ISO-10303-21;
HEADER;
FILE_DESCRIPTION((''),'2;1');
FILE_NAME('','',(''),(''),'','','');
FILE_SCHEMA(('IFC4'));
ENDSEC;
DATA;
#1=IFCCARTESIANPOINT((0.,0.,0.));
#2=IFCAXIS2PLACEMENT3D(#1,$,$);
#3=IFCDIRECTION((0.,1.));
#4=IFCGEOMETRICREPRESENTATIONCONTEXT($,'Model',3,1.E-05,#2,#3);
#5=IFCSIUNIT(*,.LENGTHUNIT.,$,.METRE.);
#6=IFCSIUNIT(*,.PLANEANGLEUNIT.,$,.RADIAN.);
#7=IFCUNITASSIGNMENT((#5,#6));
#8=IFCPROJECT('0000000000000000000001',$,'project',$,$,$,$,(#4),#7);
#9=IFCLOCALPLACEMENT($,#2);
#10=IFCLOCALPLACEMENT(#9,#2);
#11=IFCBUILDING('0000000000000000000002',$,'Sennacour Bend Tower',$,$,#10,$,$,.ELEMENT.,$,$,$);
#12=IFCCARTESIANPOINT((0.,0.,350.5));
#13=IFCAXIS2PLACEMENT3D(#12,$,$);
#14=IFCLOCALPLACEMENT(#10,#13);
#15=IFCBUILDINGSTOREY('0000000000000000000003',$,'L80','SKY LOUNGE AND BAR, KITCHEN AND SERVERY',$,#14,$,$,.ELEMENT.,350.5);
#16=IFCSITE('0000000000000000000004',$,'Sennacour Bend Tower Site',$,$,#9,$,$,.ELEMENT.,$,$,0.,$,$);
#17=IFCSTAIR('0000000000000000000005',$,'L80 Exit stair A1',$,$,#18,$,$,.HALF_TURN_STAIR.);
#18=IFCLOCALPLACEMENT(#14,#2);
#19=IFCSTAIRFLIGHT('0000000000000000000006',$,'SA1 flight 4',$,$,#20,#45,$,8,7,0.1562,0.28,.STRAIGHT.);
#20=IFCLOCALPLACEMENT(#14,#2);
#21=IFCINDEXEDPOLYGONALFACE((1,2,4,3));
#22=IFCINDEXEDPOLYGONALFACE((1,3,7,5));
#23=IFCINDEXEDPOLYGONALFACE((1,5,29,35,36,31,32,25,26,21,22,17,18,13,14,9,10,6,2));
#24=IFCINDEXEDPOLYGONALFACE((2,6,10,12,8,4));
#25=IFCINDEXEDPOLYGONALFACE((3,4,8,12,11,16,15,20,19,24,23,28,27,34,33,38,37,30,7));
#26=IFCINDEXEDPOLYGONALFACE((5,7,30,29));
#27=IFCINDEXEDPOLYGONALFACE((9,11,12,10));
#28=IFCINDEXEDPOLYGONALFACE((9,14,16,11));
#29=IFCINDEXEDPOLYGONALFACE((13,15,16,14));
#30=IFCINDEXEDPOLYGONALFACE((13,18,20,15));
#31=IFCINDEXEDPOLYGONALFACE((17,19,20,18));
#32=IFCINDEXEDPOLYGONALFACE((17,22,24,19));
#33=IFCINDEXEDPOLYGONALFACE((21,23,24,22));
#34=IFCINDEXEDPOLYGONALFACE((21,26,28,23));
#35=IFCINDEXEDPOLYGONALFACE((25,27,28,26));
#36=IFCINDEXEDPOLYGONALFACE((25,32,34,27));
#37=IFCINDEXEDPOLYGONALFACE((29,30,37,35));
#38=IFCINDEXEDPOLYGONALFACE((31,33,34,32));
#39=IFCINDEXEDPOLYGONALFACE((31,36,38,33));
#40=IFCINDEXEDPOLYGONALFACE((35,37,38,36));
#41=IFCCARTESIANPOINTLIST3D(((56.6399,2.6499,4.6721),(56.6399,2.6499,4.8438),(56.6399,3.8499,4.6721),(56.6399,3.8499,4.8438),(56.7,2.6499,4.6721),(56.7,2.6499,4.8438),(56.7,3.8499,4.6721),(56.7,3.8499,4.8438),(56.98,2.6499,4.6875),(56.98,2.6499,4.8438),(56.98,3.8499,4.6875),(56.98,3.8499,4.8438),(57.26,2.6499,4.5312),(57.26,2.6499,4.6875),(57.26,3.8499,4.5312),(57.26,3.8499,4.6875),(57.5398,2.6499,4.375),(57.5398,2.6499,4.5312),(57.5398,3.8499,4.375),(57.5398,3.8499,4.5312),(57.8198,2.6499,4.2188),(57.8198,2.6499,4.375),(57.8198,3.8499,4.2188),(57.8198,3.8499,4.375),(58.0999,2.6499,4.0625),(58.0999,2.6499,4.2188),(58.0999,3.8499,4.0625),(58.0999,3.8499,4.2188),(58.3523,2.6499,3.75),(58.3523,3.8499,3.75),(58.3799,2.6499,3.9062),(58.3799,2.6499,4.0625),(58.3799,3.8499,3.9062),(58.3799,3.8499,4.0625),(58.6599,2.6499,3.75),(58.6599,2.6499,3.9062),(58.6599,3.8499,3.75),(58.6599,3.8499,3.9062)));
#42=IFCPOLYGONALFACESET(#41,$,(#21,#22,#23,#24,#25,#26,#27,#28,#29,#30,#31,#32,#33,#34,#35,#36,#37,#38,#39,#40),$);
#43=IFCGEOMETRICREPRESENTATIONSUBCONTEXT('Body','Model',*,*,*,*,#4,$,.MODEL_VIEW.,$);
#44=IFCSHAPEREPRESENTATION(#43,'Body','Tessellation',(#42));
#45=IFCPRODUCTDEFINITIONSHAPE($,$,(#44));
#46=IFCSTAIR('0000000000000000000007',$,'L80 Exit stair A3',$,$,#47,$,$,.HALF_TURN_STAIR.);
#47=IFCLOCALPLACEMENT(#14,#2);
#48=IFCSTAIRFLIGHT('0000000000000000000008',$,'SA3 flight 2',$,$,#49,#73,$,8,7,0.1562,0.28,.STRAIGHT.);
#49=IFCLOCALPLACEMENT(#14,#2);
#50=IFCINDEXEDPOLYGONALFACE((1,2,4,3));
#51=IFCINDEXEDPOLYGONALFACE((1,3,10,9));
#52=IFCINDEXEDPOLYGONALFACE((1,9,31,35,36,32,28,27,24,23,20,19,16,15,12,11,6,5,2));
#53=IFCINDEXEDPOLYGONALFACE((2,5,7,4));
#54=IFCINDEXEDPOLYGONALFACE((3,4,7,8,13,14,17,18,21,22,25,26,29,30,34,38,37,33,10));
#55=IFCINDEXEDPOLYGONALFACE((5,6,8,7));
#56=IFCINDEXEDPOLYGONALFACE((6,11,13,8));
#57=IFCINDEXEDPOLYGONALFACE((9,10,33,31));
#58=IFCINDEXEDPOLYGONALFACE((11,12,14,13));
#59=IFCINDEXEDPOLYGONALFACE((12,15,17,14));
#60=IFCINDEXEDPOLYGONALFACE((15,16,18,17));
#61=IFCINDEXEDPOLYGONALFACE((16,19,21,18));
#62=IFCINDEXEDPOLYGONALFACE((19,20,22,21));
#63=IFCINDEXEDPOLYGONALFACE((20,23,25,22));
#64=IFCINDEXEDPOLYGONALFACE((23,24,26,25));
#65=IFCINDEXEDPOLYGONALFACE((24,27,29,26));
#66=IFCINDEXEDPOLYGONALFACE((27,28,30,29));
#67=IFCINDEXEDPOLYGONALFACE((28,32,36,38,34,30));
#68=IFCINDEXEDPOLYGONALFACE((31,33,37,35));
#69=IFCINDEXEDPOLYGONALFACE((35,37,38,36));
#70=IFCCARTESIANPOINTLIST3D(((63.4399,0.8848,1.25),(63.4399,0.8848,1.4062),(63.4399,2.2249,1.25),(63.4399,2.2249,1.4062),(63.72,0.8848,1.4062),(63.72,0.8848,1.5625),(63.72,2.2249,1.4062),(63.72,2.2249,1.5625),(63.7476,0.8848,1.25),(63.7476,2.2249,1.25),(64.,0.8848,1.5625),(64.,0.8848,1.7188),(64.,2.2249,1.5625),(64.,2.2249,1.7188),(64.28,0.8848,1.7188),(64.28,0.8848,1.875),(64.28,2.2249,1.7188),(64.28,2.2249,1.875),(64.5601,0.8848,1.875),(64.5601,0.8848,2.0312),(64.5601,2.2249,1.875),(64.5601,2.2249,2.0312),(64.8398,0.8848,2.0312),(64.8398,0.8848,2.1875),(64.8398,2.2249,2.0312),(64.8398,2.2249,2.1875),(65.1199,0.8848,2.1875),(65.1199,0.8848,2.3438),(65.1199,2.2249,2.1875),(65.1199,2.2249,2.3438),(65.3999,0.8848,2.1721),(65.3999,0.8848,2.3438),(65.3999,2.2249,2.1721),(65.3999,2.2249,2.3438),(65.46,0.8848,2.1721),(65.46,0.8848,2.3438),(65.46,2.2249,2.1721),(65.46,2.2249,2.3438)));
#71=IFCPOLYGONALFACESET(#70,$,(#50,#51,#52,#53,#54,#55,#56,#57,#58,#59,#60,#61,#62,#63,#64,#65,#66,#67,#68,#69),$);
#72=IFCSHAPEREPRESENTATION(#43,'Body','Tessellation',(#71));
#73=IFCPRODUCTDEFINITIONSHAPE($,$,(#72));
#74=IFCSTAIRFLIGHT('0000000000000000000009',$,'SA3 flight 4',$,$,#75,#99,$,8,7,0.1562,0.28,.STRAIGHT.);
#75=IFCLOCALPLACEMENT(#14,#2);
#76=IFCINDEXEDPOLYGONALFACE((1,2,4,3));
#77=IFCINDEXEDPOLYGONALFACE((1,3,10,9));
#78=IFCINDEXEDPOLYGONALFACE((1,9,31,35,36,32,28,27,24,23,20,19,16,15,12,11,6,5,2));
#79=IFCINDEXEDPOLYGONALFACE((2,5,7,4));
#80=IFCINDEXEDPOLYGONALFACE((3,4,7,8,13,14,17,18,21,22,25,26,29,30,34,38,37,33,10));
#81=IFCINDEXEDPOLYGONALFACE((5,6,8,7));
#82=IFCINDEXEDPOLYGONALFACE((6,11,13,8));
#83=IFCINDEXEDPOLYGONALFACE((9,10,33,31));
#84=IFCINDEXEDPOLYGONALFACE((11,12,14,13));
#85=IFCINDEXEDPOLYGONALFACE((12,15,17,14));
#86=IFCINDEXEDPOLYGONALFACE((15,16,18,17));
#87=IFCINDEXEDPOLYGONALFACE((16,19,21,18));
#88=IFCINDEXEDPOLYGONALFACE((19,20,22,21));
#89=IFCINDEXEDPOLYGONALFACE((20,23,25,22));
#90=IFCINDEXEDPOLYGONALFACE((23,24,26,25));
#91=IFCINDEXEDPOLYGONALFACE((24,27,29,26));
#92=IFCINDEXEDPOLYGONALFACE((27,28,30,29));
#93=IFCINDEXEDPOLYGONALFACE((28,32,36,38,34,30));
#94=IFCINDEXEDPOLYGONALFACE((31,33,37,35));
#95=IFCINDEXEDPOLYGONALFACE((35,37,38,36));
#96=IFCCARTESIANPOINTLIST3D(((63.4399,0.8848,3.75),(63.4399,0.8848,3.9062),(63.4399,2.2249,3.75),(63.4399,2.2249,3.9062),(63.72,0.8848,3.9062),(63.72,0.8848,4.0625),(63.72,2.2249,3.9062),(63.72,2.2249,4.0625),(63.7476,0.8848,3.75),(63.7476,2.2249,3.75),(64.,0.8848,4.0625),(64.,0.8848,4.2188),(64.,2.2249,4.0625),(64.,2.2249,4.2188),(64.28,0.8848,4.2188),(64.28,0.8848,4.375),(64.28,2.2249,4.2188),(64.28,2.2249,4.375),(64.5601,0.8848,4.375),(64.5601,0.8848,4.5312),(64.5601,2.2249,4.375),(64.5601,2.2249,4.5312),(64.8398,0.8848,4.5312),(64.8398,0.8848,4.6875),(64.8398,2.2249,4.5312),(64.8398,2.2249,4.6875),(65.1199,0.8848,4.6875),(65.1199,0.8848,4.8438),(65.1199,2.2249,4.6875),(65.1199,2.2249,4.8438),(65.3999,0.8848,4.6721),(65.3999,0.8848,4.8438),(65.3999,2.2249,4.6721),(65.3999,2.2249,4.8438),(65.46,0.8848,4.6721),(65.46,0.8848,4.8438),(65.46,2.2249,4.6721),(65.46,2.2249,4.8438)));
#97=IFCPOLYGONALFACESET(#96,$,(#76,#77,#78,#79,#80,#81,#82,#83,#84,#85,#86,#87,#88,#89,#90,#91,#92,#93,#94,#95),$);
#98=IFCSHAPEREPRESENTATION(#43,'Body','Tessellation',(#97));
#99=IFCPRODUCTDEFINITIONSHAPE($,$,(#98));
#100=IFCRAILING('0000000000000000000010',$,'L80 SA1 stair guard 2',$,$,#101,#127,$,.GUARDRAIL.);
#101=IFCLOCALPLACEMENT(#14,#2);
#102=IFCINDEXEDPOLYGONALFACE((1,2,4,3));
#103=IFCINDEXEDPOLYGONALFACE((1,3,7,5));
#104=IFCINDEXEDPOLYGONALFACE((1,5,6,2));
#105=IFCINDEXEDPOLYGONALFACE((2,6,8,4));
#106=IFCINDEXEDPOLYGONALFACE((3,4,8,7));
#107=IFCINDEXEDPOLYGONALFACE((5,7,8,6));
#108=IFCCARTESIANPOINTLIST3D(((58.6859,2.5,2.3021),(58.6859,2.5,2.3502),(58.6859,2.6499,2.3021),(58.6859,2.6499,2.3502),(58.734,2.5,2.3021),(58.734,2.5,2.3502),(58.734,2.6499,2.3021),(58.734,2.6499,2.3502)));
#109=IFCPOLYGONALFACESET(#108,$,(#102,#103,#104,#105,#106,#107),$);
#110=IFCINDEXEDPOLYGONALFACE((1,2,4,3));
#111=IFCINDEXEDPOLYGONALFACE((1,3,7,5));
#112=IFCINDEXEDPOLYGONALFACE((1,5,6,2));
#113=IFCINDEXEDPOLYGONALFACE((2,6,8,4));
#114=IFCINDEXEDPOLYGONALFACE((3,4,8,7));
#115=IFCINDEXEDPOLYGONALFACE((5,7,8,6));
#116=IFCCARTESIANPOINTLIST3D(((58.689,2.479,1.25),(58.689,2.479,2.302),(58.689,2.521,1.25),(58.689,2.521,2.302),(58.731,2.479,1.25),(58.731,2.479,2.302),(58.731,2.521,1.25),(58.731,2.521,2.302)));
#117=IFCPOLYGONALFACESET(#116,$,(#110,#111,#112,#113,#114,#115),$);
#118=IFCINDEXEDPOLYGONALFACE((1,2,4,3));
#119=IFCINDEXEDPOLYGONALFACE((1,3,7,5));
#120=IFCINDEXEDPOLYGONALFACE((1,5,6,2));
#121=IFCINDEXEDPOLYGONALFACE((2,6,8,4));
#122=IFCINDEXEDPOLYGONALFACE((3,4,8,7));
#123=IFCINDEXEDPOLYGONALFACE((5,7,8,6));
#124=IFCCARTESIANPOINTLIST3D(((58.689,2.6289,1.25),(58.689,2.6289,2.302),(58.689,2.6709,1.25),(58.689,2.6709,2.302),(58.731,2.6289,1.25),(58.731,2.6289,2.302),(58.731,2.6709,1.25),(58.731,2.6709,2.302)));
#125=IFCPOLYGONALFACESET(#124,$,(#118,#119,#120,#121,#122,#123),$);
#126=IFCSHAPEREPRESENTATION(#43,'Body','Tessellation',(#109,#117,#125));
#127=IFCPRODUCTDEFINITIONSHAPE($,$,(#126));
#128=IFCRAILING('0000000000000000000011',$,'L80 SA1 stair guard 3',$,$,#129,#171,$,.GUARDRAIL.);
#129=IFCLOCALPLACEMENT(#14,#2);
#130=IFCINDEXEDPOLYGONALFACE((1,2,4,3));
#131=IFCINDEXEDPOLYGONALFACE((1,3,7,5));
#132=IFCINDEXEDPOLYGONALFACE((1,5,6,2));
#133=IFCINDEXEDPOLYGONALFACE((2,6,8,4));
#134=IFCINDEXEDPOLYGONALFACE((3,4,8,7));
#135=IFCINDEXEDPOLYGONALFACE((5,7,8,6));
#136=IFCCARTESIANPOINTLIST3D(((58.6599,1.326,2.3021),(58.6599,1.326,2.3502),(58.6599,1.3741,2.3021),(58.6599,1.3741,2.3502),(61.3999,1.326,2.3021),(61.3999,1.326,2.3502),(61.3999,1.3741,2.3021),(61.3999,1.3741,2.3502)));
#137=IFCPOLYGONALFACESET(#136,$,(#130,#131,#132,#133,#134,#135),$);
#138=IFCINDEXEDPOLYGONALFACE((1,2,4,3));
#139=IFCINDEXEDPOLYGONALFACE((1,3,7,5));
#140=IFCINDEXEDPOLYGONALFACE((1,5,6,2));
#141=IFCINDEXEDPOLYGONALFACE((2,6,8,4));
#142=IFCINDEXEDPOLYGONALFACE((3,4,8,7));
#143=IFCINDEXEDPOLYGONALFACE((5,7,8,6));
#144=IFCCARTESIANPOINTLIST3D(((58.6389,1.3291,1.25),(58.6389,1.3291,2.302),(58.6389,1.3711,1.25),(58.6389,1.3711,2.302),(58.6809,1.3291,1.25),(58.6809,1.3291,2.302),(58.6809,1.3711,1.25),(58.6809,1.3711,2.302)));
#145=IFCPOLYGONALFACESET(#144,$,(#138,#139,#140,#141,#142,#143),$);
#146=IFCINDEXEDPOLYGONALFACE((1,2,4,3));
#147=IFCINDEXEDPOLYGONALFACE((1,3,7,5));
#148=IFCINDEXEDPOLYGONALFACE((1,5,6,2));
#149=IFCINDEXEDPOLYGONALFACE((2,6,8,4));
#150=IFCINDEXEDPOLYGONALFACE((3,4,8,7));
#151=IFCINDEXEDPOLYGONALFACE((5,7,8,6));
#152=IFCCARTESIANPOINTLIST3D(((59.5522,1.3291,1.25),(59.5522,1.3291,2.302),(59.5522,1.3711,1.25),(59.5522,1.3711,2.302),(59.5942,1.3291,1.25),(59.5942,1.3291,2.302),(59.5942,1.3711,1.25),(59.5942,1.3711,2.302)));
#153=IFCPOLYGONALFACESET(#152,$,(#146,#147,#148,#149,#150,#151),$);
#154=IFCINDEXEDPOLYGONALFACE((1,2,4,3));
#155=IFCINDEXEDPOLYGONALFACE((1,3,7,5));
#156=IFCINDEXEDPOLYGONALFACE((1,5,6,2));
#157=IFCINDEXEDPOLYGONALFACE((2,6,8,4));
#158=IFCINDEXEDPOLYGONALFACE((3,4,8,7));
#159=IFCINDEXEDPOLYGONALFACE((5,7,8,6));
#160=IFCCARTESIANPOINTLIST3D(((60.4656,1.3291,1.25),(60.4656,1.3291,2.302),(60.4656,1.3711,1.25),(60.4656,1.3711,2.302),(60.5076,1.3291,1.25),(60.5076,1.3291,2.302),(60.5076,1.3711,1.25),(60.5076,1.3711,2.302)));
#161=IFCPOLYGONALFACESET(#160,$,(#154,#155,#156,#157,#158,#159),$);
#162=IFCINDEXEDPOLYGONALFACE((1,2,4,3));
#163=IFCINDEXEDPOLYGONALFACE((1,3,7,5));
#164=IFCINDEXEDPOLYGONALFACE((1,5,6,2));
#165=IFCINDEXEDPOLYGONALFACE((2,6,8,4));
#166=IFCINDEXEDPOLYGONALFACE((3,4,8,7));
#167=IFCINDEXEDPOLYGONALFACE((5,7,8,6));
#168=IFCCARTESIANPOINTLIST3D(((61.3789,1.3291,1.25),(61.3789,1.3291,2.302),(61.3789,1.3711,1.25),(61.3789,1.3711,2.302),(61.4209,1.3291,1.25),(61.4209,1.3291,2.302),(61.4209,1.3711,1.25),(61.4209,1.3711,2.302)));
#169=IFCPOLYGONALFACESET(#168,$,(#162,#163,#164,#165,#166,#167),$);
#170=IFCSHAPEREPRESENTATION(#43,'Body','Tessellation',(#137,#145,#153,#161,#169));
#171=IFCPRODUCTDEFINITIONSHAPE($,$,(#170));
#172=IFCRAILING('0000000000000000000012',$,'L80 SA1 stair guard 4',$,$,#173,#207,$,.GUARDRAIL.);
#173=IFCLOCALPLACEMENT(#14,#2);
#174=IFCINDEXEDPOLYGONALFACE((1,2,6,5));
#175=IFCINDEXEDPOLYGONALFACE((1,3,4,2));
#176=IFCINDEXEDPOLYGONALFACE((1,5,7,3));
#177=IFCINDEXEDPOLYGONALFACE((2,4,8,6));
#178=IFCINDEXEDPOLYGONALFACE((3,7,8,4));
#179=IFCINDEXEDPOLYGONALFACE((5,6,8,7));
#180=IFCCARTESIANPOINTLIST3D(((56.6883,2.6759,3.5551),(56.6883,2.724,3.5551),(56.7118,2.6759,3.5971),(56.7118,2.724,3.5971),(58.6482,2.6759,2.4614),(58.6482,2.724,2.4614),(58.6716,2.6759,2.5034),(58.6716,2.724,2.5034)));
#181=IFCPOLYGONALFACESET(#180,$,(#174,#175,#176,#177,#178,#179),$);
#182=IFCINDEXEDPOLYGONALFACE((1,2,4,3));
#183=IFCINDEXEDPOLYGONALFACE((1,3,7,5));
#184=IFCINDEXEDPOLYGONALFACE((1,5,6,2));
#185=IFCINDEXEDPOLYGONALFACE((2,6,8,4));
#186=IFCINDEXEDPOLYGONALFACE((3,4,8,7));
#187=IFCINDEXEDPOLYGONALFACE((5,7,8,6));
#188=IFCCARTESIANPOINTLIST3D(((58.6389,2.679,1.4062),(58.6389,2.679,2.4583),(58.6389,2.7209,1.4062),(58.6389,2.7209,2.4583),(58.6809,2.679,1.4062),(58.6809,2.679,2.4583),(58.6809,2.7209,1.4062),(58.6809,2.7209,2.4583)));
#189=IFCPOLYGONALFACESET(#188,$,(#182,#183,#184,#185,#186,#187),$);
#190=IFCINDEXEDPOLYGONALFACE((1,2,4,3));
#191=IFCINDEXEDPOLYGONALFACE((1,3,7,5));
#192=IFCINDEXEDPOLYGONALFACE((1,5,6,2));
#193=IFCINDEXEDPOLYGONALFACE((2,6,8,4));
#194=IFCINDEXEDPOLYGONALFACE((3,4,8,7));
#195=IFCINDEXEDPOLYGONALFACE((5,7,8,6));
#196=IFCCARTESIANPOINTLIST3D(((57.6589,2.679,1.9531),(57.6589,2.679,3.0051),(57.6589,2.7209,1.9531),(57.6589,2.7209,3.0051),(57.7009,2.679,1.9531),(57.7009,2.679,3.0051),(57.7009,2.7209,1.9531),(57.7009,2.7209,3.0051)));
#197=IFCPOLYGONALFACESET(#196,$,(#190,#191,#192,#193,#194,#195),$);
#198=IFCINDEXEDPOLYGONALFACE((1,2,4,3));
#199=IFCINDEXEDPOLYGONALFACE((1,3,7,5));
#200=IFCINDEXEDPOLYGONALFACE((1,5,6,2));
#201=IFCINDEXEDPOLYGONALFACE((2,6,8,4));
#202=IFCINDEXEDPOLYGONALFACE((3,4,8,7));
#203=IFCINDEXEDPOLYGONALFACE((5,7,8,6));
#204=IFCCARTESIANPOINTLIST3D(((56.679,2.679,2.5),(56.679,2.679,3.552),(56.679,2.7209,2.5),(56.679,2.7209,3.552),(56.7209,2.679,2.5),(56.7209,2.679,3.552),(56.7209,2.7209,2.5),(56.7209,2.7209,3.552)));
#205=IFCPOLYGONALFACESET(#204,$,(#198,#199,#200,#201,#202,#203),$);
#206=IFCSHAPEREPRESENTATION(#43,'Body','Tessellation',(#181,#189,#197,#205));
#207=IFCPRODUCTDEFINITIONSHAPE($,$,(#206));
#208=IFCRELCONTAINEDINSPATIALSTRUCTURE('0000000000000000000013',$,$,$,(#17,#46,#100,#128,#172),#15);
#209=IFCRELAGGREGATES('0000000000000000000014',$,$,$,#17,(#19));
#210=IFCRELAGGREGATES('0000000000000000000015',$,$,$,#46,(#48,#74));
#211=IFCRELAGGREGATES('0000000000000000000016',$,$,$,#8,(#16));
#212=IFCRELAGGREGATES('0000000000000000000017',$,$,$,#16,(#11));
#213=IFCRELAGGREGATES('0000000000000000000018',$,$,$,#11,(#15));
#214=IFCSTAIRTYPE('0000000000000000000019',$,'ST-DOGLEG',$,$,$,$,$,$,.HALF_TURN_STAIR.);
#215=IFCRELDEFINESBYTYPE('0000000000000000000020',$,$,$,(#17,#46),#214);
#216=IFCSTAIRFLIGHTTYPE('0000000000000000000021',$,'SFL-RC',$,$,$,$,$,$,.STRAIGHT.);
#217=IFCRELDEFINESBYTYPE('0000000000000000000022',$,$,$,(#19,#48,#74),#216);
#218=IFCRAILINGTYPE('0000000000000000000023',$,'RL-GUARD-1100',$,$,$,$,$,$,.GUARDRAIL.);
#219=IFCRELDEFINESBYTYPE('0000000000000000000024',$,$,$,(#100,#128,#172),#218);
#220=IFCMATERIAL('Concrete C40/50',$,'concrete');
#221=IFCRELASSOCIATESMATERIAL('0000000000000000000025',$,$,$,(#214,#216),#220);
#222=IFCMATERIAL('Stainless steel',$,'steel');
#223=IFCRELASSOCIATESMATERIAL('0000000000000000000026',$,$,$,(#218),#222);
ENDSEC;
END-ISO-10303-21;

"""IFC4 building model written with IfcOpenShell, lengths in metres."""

from ifc_helpers import new_model, si_unit, direction, frame, origin, origin_2d, place, context, subcontext, project, spatial, polyline, rectangle, outline, extrude, material, type_object, element, aggregate, save


model = new_model("IFC4")

# Units and contexts
model_context = context("Model", 3, precision=1e-05, world=origin(), true_north=direction((0.0, 1.0)))
body_context = subcontext(model_context, "Body", "Model", "MODEL_VIEW")
ifc_project = project(units=[si_unit("LENGTHUNIT", "METRE"), si_unit("PLANEANGLEUNIT", "RADIAN")], contexts=[model_context])

# Site, building, storey
site_placement = place(None, origin())
site = spatial("IfcSite", under=ifc_project, at=site_placement, Name="Sennacour Bend Tower Site", CompositionType="ELEMENT", RefElevation=0.0)
building_placement = place(site_placement, origin())
building = spatial("IfcBuilding", under=site, at=building_placement, Name="Sennacour Bend Tower", CompositionType="ELEMENT")
storey_placement = place(building_placement, frame((0.0, 0.0, 350.5)))
storey = spatial("IfcBuildingStorey", under=building, at=storey_placement, Name="L80", Description="SKY LOUNGE AND BAR, KITCHEN AND SERVERY", CompositionType="ELEMENT", Elevation=350.5)

# Stairs, stair flights
ifc_material_1 = material(Name="Concrete C40/50", Category="concrete")
stair_type = type_object("IfcStairType", Name="ST-DOGLEG", PredefinedType="HALF_TURN_STAIR", material=ifc_material_1)
stair_1_placement = place(storey_placement, origin())
stair_1 = element("IfcStair", 1, at=stair_1_placement, inside=storey, type_object=stair_type, Name="L80 Exit stair A1", PredefinedType="HALF_TURN_STAIR")
stair_flight_type = type_object("IfcStairFlightType", Name="SFL-RC", PredefinedType="STRAIGHT", material=ifc_material_1)
stair_flight_1_placement = place(storey_placement, frame((58.6599, 3.25, 3.75), z_axis=(0.0, 0.0, 1.0), x_axis=(-1.0, 0.0, 0.0)))
stair_flight_1 = element("IfcStairFlight", 2, at=stair_flight_1_placement, type_object=stair_flight_type, Name="SA1 flight 4", NumberOfRisers=8, NumberOfTreads=7, PredefinedType="STRAIGHT", RiserHeight=0.1562, TreadLength=0.28, context=body_context, shape_type="SweptSolid", body=[
    extrude(outline(polyline([(0.0, 0.0), (0.0, 0.1562), (0.28, 0.1562), (0.28, 0.3125), (0.5601, 0.3125), (0.5601, 0.4688), (0.8401, 0.4688), (0.8401, 0.625), (1.1201, 0.625), (1.1201, 0.7812), (1.3999, 0.7812), (1.3999, 0.9375), (1.6799, 0.9375), (1.6799, 1.0938), (1.96, 1.0938), (2.02, 1.0938), (2.02, 0.9221), (1.96, 0.9221), (0.3076, 0.0), (0.0, 0.0)])), frame((0.0, 0.6001, 0.0), z_axis=(0.0, -1.0, 0.0), x_axis=(1.0, 0.0, 0.0)), (0.0, 0.0, 1.0), 1.2),
])
aggregate(stair_1, [stair_flight_1])
stair_2_placement = place(storey_placement, origin())
stair_2 = element("IfcStair", 3, at=stair_2_placement, inside=storey, type_object=stair_type, Name="L80 Exit stair A3", PredefinedType="HALF_TURN_STAIR")
stair_flight_2_placement = place(storey_placement, frame((63.4399, 1.5549, 1.25), z_axis=(0.0, 0.0, 1.0), x_axis=(1.0, 0.0, 0.0)))
stair_flight_2 = element("IfcStairFlight", 4, at=stair_flight_2_placement, type_object=stair_flight_type, Name="SA3 flight 2", NumberOfRisers=8, NumberOfTreads=7, PredefinedType="STRAIGHT", RiserHeight=0.1562, TreadLength=0.28, context=body_context, shape_type="SweptSolid", body=[
    extrude(outline(polyline([(0.0, 0.0), (0.0, 0.1562), (0.28, 0.1562), (0.28, 0.3125), (0.5601, 0.3125), (0.5601, 0.4688), (0.8401, 0.4688), (0.8401, 0.625), (1.1201, 0.625), (1.1201, 0.7812), (1.3999, 0.7812), (1.3999, 0.9375), (1.6799, 0.9375), (1.6799, 1.0938), (1.96, 1.0938), (2.02, 1.0938), (2.02, 0.9221), (1.96, 0.9221), (0.3076, 0.0), (0.0, 0.0)])), frame((0.0, 0.6699, 0.0), z_axis=(0.0, -1.0, 0.0), x_axis=(1.0, 0.0, 0.0)), (0.0, 0.0, 1.0), 1.3401),
])
stair_flight_3_placement = place(storey_placement, frame((63.4399, 1.5549, 3.75), z_axis=(0.0, 0.0, 1.0), x_axis=(1.0, 0.0, 0.0)))
stair_flight_3 = element("IfcStairFlight", 5, at=stair_flight_3_placement, type_object=stair_flight_type, Name="SA3 flight 4", NumberOfRisers=8, NumberOfTreads=7, PredefinedType="STRAIGHT", RiserHeight=0.1562, TreadLength=0.28, context=body_context, shape_type="SweptSolid", body=[
    extrude(outline(polyline([(0.0, 0.0), (0.0, 0.1562), (0.28, 0.1562), (0.28, 0.3125), (0.5601, 0.3125), (0.5601, 0.4688), (0.8401, 0.4688), (0.8401, 0.625), (1.1201, 0.625), (1.1201, 0.7812), (1.3999, 0.7812), (1.3999, 0.9375), (1.6799, 0.9375), (1.6799, 1.0938), (1.96, 1.0938), (2.02, 1.0938), (2.02, 0.9221), (1.96, 0.9221), (0.3076, 0.0), (0.0, 0.0)])), frame((0.0, 0.6699, 0.0), z_axis=(0.0, -1.0, 0.0), x_axis=(1.0, 0.0, 0.0)), (0.0, 0.0, 1.0), 1.3401),
])
aggregate(stair_2, [stair_flight_2, stair_flight_3])

# Railings
ifc_material_2 = material(Name="Stainless steel", Category="steel")
railing_type_1 = type_object("IfcRailingType", Name="RL-GUARD-1100", PredefinedType="GUARDRAIL", material=ifc_material_2)
railing_1_placement = place(storey_placement, frame((58.71, 2.5, 1.25)))
element("IfcRailing", 6, at=railing_1_placement, inside=storey, type_object=railing_type_1, Name="L80 SA1 stair guard 2", PredefinedType="GUARDRAIL", context=body_context, shape_type="SweptSolid", body=[
    extrude(rectangle(XDim=0.0481, YDim=0.0481, at=origin_2d()), frame((0.0, 0.0, 1.0762), z_axis=(0.0, 1.0, 0.0), x_axis=(-1.0, 0.0, 0.0)), (0.0, 0.0, 1.0), 0.1499),
    extrude(rectangle(XDim=0.042, YDim=0.042, at=origin_2d()), origin(), (0.0, 0.0, 1.0), 1.052),
    extrude(rectangle(XDim=0.042, YDim=0.042, at=origin_2d()), frame((0.0, 0.1499, 0.0)), (0.0, 0.0, 1.0), 1.052),
])
railing_2_placement = place(storey_placement, frame((58.6599, 1.3501, 1.25)))
element("IfcRailing", 7, at=railing_2_placement, inside=storey, type_object=railing_type_1, Name="L80 SA1 stair guard 3", PredefinedType="GUARDRAIL", context=body_context, shape_type="SweptSolid", body=[
    extrude(rectangle(XDim=0.0481, YDim=0.0481, at=origin_2d()), frame((0.0, 0.0, 1.0762), z_axis=(1.0, 0.0, 0.0), x_axis=(0.0, 1.0, 0.0)), (0.0, 0.0, 1.0), 2.74),
    extrude(rectangle(XDim=0.042, YDim=0.042, at=origin_2d()), origin(), (0.0, 0.0, 1.0), 1.052),
    extrude(rectangle(XDim=0.042, YDim=0.042, at=origin_2d()), frame((0.9133, 0.0, 0.0)), (0.0, 0.0, 1.0), 1.052),
    extrude(rectangle(XDim=0.042, YDim=0.042, at=origin_2d()), frame((1.8267, 0.0, 0.0)), (0.0, 0.0, 1.0), 1.052),
    extrude(rectangle(XDim=0.042, YDim=0.042, at=origin_2d()), frame((2.74, 0.0, 0.0)), (0.0, 0.0, 1.0), 1.052),
])
railing_3_placement = place(storey_placement, frame((58.6599, 2.7, 1.4062)))
element("IfcRailing", 8, at=railing_3_placement, inside=storey, type_object=railing_type_1, Name="L80 SA1 stair guard 4", PredefinedType="GUARDRAIL", context=body_context, shape_type="SweptSolid", body=[
    extrude(rectangle(XDim=0.0481, YDim=0.0481, at=origin_2d()), frame((0.0, 0.0, 1.0762), z_axis=(-0.873232, 0.0, 0.487304), x_axis=(0.0, -1.0, 0.0)), (0.0, 0.0, 1.0), 2.2444),
    extrude(rectangle(XDim=0.042, YDim=0.042, at=origin_2d()), origin(), (0.0, 0.0, 1.0), 1.052),
    extrude(rectangle(XDim=0.042, YDim=0.042, at=origin_2d()), frame((-0.98, 0.0, 0.5469)), (0.0, 0.0, 1.0), 1.052),
    extrude(rectangle(XDim=0.042, YDim=0.042, at=origin_2d()), frame((-1.96, 0.0, 1.0938)), (0.0, 0.0, 1.0), 1.052),
])

save(model, "model.ifc")
